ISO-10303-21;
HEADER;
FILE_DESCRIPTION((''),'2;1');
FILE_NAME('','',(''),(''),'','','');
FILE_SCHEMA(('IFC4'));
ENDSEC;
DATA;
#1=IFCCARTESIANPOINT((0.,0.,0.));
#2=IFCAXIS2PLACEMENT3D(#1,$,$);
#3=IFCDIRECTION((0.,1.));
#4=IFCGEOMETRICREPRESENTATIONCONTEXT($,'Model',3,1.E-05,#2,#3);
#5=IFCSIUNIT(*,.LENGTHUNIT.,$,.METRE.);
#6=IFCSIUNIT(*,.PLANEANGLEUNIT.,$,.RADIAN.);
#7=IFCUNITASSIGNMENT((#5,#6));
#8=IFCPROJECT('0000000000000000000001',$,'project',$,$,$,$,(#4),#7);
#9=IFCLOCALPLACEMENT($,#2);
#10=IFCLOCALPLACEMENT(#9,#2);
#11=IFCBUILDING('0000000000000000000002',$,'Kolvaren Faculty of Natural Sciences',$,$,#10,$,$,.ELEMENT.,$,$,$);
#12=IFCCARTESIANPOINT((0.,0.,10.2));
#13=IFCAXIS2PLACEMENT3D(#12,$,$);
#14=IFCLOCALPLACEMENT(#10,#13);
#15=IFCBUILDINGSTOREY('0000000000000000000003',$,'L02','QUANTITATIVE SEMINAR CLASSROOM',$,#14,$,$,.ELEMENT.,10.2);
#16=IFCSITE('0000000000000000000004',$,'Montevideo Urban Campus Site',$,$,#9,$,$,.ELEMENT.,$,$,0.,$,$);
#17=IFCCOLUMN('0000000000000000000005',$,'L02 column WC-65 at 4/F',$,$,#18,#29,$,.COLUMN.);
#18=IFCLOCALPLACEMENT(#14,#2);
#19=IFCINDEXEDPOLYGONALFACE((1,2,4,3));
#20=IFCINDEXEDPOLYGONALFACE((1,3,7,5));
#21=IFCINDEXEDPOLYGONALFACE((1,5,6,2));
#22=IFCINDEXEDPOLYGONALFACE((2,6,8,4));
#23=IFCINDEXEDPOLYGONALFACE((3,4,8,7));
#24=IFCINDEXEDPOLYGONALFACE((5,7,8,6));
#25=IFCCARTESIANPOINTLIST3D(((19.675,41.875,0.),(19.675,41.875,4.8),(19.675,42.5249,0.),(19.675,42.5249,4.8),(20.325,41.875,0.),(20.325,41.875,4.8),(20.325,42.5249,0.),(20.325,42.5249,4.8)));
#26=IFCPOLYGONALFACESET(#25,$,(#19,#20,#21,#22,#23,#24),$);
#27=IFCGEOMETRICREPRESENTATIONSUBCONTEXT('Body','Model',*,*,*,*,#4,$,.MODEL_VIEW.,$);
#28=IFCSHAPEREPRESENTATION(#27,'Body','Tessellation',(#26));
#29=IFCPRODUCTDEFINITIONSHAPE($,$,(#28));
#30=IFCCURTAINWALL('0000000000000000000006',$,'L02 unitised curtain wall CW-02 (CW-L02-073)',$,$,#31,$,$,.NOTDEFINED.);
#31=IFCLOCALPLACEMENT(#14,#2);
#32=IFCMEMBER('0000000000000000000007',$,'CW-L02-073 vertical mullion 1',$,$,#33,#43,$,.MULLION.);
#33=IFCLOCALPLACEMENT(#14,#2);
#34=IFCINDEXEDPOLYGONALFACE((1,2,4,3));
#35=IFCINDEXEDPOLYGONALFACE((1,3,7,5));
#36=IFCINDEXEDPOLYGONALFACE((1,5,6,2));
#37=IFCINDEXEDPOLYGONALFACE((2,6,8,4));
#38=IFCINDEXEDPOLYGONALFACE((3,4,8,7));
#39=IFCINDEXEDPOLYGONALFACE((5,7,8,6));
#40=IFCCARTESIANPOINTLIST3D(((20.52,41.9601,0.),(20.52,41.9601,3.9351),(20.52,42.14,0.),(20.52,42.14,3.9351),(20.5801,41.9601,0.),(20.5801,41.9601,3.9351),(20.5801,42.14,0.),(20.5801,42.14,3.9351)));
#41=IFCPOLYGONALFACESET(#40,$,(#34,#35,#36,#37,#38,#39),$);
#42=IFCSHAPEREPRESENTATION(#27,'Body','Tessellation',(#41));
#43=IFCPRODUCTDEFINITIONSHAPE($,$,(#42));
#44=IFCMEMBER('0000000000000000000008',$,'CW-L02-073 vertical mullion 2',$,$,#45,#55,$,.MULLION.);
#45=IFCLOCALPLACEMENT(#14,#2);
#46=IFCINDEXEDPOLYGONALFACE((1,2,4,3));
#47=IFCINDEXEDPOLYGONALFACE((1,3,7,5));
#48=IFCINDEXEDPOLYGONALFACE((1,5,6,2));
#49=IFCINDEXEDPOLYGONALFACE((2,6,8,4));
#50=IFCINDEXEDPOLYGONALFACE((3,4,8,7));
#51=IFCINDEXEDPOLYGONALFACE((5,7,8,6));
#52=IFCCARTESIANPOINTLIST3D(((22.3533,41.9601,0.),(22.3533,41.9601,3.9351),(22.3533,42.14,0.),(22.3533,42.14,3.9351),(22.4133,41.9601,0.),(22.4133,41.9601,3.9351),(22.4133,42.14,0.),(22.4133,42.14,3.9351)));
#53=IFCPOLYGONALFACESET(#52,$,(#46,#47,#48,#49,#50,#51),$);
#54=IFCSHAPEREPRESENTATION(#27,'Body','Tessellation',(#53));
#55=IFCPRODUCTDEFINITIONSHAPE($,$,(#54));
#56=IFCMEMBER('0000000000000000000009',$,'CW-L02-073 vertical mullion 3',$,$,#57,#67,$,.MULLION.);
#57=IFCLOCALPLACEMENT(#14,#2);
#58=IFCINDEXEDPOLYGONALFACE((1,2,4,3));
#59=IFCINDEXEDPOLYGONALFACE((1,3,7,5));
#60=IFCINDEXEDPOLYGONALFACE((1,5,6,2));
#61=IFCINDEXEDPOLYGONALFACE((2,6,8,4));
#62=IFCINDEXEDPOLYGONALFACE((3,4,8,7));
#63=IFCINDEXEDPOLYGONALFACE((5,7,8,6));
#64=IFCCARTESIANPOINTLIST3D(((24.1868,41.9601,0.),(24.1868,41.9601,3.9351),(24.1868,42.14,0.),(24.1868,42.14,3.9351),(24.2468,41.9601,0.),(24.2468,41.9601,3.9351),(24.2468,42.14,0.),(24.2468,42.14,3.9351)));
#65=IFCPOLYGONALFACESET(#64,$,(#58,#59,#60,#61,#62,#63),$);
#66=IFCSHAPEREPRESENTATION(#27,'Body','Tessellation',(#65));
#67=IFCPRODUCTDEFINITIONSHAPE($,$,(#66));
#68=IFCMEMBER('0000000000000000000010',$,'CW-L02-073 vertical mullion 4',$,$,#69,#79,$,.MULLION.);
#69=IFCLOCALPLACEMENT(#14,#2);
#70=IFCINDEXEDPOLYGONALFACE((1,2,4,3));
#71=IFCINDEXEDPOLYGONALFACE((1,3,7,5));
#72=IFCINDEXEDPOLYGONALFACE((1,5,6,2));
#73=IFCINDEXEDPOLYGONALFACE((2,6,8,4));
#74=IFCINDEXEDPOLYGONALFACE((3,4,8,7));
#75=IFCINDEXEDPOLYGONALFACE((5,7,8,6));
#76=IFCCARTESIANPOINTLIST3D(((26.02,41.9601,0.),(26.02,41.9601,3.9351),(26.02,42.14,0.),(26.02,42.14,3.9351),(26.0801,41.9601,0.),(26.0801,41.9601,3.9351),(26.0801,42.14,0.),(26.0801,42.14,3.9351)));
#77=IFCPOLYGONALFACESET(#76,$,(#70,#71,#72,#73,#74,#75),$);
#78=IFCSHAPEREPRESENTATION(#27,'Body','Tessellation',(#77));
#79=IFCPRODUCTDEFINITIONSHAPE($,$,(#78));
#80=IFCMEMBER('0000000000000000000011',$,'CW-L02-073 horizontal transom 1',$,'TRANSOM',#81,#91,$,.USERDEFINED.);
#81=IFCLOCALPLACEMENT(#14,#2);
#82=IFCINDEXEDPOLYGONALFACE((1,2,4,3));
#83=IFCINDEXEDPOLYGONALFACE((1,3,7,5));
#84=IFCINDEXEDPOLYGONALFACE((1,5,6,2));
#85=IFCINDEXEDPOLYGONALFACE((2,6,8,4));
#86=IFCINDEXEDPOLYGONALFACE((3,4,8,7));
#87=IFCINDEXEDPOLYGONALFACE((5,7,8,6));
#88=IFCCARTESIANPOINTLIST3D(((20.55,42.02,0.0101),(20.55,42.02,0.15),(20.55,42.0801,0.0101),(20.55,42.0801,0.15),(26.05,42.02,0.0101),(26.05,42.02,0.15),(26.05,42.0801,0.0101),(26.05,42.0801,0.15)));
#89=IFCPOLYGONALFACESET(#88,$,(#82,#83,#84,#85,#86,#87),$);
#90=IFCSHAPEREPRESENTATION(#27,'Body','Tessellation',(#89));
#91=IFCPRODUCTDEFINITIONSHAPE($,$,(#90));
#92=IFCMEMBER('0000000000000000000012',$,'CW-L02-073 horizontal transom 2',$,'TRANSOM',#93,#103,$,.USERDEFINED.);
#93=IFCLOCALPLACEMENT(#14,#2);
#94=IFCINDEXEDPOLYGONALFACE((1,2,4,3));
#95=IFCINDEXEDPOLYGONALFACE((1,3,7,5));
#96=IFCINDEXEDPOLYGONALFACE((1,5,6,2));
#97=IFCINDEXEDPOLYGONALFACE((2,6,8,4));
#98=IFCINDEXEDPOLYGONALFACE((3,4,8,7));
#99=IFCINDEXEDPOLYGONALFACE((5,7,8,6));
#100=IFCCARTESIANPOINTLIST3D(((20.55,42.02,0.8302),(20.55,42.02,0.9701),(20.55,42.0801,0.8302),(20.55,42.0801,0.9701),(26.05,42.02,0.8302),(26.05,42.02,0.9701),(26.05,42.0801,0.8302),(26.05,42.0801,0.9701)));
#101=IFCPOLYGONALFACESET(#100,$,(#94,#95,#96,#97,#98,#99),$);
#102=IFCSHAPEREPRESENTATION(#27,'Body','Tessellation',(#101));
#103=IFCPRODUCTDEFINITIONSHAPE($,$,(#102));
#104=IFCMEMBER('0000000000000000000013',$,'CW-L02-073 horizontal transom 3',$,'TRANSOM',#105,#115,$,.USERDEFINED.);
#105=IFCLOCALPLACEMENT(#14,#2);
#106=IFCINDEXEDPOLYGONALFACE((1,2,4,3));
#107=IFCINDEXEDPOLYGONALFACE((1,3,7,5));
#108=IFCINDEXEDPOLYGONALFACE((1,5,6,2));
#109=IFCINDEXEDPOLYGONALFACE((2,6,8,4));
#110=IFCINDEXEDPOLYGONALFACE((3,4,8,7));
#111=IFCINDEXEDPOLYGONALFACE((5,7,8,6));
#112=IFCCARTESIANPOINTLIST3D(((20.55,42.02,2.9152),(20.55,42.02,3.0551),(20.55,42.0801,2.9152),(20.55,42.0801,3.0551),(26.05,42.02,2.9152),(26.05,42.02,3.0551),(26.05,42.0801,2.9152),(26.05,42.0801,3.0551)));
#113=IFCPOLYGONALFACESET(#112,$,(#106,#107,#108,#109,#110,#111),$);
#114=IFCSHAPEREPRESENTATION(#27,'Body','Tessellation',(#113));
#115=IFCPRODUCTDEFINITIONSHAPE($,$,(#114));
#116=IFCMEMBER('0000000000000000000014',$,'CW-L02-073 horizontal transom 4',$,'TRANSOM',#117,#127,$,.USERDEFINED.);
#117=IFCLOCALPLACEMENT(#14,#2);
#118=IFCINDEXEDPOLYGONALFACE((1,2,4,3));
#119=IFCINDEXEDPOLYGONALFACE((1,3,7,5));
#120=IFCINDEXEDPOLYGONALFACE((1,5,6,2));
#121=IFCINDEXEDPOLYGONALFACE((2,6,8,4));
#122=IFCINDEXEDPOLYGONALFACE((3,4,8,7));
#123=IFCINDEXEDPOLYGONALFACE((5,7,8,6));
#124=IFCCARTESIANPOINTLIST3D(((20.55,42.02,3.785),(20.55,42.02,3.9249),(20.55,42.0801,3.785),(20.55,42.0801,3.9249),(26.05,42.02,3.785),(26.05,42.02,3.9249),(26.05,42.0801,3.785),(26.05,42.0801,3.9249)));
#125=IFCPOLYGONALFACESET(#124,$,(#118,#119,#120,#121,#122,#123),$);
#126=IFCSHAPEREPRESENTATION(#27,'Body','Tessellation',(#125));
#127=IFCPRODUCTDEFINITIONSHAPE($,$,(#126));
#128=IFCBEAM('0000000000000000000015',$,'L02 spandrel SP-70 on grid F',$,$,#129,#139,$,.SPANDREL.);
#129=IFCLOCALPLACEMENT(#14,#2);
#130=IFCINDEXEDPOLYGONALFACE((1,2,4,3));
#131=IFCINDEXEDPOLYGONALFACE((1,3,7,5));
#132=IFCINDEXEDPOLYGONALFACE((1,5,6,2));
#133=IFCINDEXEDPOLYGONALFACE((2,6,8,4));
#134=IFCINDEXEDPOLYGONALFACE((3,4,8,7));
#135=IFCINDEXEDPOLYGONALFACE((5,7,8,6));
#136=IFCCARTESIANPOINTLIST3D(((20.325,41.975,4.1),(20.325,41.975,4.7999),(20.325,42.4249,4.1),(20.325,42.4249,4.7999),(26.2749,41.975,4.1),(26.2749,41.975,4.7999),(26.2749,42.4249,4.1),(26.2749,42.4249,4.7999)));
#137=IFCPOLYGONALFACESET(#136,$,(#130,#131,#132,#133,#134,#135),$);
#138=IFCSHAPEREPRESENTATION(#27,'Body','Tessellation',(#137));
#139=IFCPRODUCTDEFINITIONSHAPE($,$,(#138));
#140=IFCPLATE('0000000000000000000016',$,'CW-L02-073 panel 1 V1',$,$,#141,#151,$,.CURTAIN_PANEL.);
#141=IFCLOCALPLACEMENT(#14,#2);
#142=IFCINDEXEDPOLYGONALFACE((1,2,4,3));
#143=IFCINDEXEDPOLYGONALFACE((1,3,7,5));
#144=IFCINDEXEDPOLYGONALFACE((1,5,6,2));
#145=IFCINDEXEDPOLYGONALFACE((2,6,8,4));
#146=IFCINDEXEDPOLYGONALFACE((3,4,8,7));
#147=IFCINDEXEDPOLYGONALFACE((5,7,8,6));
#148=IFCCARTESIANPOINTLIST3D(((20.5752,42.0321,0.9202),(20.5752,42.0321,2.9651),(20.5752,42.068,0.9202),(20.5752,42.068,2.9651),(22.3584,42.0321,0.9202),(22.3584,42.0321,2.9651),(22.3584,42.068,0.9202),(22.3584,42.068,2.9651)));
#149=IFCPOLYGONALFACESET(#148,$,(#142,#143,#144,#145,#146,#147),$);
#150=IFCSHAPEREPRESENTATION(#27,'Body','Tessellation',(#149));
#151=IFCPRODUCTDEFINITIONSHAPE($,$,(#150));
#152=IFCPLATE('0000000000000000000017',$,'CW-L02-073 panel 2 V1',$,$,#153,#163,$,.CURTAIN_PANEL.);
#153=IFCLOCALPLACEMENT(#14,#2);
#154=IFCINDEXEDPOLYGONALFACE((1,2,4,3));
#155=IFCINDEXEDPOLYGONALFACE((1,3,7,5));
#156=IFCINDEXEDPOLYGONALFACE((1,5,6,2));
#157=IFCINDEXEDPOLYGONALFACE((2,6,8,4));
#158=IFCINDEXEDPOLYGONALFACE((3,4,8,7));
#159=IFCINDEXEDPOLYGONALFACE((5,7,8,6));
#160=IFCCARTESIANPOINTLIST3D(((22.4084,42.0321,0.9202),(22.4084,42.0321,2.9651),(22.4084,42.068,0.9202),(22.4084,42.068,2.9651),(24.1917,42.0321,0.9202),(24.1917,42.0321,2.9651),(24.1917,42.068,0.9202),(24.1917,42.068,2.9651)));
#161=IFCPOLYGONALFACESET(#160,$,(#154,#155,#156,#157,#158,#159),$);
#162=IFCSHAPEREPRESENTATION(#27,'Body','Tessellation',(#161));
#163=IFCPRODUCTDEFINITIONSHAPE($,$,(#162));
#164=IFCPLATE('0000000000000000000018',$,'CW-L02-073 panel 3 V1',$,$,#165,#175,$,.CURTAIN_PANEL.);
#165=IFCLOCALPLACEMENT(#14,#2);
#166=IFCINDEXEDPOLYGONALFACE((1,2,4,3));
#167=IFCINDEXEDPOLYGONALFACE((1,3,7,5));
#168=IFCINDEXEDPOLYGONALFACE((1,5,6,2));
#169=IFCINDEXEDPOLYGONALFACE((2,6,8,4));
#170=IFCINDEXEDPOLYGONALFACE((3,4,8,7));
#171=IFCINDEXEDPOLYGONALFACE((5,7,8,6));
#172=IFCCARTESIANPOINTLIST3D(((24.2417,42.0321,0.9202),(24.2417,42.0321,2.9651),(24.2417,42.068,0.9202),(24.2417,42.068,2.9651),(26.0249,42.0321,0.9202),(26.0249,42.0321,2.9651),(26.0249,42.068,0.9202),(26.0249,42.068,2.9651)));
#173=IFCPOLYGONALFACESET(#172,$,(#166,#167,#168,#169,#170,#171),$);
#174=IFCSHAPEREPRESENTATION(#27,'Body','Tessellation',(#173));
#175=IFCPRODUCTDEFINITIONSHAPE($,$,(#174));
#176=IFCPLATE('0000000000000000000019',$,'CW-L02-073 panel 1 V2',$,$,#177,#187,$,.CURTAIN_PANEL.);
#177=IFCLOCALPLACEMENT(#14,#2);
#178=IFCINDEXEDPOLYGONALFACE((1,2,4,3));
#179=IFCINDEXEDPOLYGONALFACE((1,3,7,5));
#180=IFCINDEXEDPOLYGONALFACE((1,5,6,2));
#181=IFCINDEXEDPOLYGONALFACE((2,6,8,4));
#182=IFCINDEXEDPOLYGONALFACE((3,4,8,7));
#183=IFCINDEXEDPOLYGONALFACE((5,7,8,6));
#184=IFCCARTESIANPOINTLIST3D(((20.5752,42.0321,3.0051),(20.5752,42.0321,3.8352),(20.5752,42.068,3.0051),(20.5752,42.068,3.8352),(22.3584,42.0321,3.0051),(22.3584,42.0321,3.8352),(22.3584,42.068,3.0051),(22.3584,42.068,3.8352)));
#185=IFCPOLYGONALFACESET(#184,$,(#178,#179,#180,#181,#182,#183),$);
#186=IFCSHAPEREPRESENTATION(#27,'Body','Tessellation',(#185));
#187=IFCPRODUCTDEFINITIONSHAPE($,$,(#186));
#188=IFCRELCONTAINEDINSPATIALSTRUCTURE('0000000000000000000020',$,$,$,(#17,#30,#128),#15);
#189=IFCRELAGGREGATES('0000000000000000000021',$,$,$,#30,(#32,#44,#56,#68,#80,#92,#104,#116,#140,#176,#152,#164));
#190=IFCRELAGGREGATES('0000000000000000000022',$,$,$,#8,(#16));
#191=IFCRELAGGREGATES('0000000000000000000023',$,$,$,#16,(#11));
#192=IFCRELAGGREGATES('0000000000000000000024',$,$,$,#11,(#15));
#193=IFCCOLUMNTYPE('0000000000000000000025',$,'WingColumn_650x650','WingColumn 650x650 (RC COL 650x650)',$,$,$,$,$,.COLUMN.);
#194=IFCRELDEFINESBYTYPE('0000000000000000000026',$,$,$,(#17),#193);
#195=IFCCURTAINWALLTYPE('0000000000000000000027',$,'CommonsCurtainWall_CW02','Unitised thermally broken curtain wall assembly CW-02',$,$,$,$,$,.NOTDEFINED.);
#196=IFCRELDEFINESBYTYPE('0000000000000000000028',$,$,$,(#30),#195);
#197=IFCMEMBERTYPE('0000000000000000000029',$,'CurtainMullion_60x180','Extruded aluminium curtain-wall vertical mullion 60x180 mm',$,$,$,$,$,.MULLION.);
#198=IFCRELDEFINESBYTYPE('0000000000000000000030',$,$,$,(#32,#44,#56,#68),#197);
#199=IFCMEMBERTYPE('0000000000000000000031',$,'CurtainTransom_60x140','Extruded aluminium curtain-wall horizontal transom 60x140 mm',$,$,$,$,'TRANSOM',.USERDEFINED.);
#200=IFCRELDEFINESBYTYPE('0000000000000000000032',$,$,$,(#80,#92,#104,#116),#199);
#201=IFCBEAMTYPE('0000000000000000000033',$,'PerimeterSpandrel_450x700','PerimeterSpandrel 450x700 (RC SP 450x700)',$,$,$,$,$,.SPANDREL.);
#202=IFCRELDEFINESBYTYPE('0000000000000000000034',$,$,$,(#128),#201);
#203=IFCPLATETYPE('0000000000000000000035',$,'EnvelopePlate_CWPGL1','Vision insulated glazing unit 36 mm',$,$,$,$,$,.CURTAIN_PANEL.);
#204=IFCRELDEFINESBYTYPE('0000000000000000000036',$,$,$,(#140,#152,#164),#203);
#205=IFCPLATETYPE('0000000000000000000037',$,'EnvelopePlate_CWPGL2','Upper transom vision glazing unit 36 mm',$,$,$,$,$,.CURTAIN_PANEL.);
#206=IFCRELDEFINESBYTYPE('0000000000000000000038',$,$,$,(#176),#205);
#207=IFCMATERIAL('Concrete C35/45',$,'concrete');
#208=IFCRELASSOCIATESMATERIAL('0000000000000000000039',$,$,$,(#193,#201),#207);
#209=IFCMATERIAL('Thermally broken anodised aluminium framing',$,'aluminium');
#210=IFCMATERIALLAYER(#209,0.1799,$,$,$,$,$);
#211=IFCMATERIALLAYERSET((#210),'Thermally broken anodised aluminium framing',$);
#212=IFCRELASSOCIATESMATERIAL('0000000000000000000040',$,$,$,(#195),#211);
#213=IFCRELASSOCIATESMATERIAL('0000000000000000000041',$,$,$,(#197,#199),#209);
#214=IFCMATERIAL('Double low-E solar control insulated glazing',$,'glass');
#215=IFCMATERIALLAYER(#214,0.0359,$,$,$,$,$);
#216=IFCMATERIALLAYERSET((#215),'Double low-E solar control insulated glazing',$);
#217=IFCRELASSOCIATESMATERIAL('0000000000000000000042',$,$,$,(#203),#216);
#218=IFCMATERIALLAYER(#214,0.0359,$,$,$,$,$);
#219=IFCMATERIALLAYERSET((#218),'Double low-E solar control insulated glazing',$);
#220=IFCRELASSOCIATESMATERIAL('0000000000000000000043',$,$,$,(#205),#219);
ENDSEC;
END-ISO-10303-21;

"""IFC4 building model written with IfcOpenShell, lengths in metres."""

from ifc_helpers import new_model, si_unit, direction, frame, origin, origin_2d, place, context, subcontext, project, spatial, rectangle, extrude, material, layer, layer_set, material_profile, profile_set, type_object, element, aggregate, save


model = new_model("IFC4")

# Units and contexts
model_context = context("Model", 3, precision=1e-05, world=origin(), true_north=direction((0.0, 1.0)))
body_context = subcontext(model_context, "Body", "Model", "MODEL_VIEW")
ifc_project = project(units=[si_unit("LENGTHUNIT", "METRE"), si_unit("PLANEANGLEUNIT", "RADIAN")], contexts=[model_context])

# Site, building, storey
site_placement = place(None, origin())
site = spatial("IfcSite", under=ifc_project, at=site_placement, Name="Montevideo Urban Campus Site", CompositionType="ELEMENT", RefElevation=0.0)
building_placement = place(site_placement, origin())
building = spatial("IfcBuilding", under=site, at=building_placement, Name="Kolvaren Faculty of Natural Sciences", CompositionType="ELEMENT")
storey_placement = place(building_placement, frame((0.0, 0.0, 10.2)))
storey = spatial("IfcBuildingStorey", under=building, at=storey_placement, Name="L02", Description="QUANTITATIVE SEMINAR CLASSROOM", CompositionType="ELEMENT", Elevation=10.2)

# Column
ifc_material_1 = material(Name="Concrete C35/45", Category="concrete")
ifc_material_profile_1 = material_profile(ifc_material_1, rectangle(XDim=0.6499, YDim=0.6499, at=origin_2d()), Name="RC COL 650x650")
ifc_profile_set_1 = profile_set([ifc_material_profile_1], Name="Concrete C35/45")
column_type = type_object("IfcColumnType", Name="WingColumn_650x650", Description="WingColumn 650x650 (RC COL 650x650)", PredefinedType="COLUMN", material=ifc_profile_set_1)
column_placement = place(storey_placement, frame((20.0, 42.2, 0.0), z_axis=(0.0, 0.0, 1.0), x_axis=(1.0, 0.0, 0.0)))
element("IfcColumn", 1, at=column_placement, inside=storey, type_object=column_type, Name="L02 column WC-65 at 4/F", PredefinedType="COLUMN", context=body_context, shape_type="SweptSolid", body=[
    extrude(rectangle(XDim=0.6499, YDim=0.6499, at=origin_2d()), origin(), (0.0, 0.0, 1.0), 4.8),
])

# Curtain wall, members
ifc_material_2 = material(Name="Thermally broken anodised aluminium framing", Category="aluminium")
ifc_layer_1 = layer(ifc_material_2, 0.1799)
ifc_layer_set_1 = layer_set([ifc_layer_1], Name="Thermally broken anodised aluminium framing")
curtain_wall_type = type_object("IfcCurtainWallType", Name="CommonsCurtainWall_CW02", Description="Unitised thermally broken curtain wall assembly CW-02", PredefinedType="NOTDEFINED", material=ifc_layer_set_1)
curtain_wall_placement = place(storey_placement, origin())
curtain_wall = element("IfcCurtainWall", 2, at=curtain_wall_placement, inside=storey, type_object=curtain_wall_type, Name="L02 unitised curtain wall CW-02 (CW-L02-073)", PredefinedType="NOTDEFINED")
ifc_material_profile_2 = material_profile(ifc_material_2, rectangle(XDim=0.0601, YDim=0.1799, at=origin_2d()), Name="ALU MUL 60x180")
ifc_profile_set_2 = profile_set([ifc_material_profile_2], Name="Thermally broken anodised aluminium framing")
member_type_1 = type_object("IfcMemberType", Name="CurtainMullion_60x180", Description="Extruded aluminium curtain-wall vertical mullion 60x180 mm", PredefinedType="MULLION", material=ifc_profile_set_2)
member_1_placement = place(storey_placement, frame((20.55, 42.05, 0.0), z_axis=(0.0, 0.0, 1.0), x_axis=(1.0, 0.0, 0.0)))
member_1 = element("IfcMember", 3, at=member_1_placement, type_object=member_type_1, Name="CW-L02-073 vertical mullion 1", PredefinedType="MULLION", context=body_context, shape_type="SweptSolid", body=[
    extrude(rectangle(XDim=0.0601, YDim=0.1799, at=origin_2d()), origin(), (0.0, 0.0, 1.0), 3.9351),
])
member_2_placement = place(storey_placement, frame((22.3833, 42.05, 0.0), z_axis=(0.0, 0.0, 1.0), x_axis=(1.0, 0.0, 0.0)))
member_2 = element("IfcMember", 4, at=member_2_placement, type_object=member_type_1, Name="CW-L02-073 vertical mullion 2", PredefinedType="MULLION", context=body_context, shape_type="SweptSolid", body=[
    extrude(rectangle(XDim=0.0601, YDim=0.1799, at=origin_2d()), origin(), (0.0, 0.0, 1.0), 3.9351),
])
member_3_placement = place(storey_placement, frame((24.2168, 42.05, 0.0), z_axis=(0.0, 0.0, 1.0), x_axis=(1.0, 0.0, 0.0)))
member_3 = element("IfcMember", 5, at=member_3_placement, type_object=member_type_1, Name="CW-L02-073 vertical mullion 3", PredefinedType="MULLION", context=body_context, shape_type="SweptSolid", body=[
    extrude(rectangle(XDim=0.0601, YDim=0.1799, at=origin_2d()), origin(), (0.0, 0.0, 1.0), 3.9351),
])
member_4_placement = place(storey_placement, frame((26.05, 42.05, 0.0), z_axis=(0.0, 0.0, 1.0), x_axis=(1.0, 0.0, 0.0)))
member_4 = element("IfcMember", 6, at=member_4_placement, type_object=member_type_1, Name="CW-L02-073 vertical mullion 4", PredefinedType="MULLION", context=body_context, shape_type="SweptSolid", body=[
    extrude(rectangle(XDim=0.0601, YDim=0.1799, at=origin_2d()), origin(), (0.0, 0.0, 1.0), 3.9351),
])
ifc_material_profile_3 = material_profile(ifc_material_2, rectangle(XDim=0.0601, YDim=0.1399, at=origin_2d()), Name="ALU TRN 60x140")
ifc_profile_set_3 = profile_set([ifc_material_profile_3], Name="Thermally broken anodised aluminium framing")
member_type_2 = type_object("IfcMemberType", Name="CurtainTransom_60x140", Description="Extruded aluminium curtain-wall horizontal transom 60x140 mm", ElementType="TRANSOM", PredefinedType="USERDEFINED", material=ifc_profile_set_3)
member_5_placement = place(storey_placement, frame((20.55, 42.05, 0.0801), z_axis=(1.0, 0.0, 0.0), x_axis=(0.0, 1.0, 0.0)))
member_5 = element("IfcMember", 7, at=member_5_placement, type_object=member_type_2, Name="CW-L02-073 horizontal transom 1", ObjectType="TRANSOM", PredefinedType="USERDEFINED", context=body_context, shape_type="SweptSolid", body=[
    extrude(rectangle(XDim=0.0601, YDim=0.1399, at=origin_2d()), origin(), (0.0, 0.0, 1.0), 5.5),
])
member_6_placement = place(storey_placement, frame((20.55, 42.05, 0.9001), z_axis=(1.0, 0.0, 0.0), x_axis=(0.0, 1.0, 0.0)))
member_6 = element("IfcMember", 8, at=member_6_placement, type_object=member_type_2, Name="CW-L02-073 horizontal transom 2", ObjectType="TRANSOM", PredefinedType="USERDEFINED", context=body_context, shape_type="SweptSolid", body=[
    extrude(rectangle(XDim=0.0601, YDim=0.1399, at=origin_2d()), origin(), (0.0, 0.0, 1.0), 5.5),
])
member_7_placement = place(storey_placement, frame((20.55, 42.05, 2.9851), z_axis=(1.0, 0.0, 0.0), x_axis=(0.0, 1.0, 0.0)))
member_7 = element("IfcMember", 9, at=member_7_placement, type_object=member_type_2, Name="CW-L02-073 horizontal transom 3", ObjectType="TRANSOM", PredefinedType="USERDEFINED", context=body_context, shape_type="SweptSolid", body=[
    extrude(rectangle(XDim=0.0601, YDim=0.1399, at=origin_2d()), origin(), (0.0, 0.0, 1.0), 5.5),
])
member_8_placement = place(storey_placement, frame((20.55, 42.05, 3.855), z_axis=(1.0, 0.0, 0.0), x_axis=(0.0, 1.0, 0.0)))
member_8 = element("IfcMember", 10, at=member_8_placement, type_object=member_type_2, Name="CW-L02-073 horizontal transom 4", ObjectType="TRANSOM", PredefinedType="USERDEFINED", context=body_context, shape_type="SweptSolid", body=[
    extrude(rectangle(XDim=0.0601, YDim=0.1399, at=origin_2d()), origin(), (0.0, 0.0, 1.0), 5.5),
])

# Beam
ifc_material_profile_4 = material_profile(ifc_material_1, rectangle(XDim=0.45, YDim=0.7, at=origin_2d()), Name="RC SP 450x700")
ifc_profile_set_4 = profile_set([ifc_material_profile_4], Name="Concrete C35/45")
beam_type = type_object("IfcBeamType", Name="PerimeterSpandrel_450x700", Description="PerimeterSpandrel 450x700 (RC SP 450x700)", PredefinedType="SPANDREL", material=ifc_profile_set_4)
beam_placement = place(storey_placement, frame((20.325, 42.2, 4.45), z_axis=(1.0, 0.0, 0.0), x_axis=(0.0, 1.0, 0.0)))
element("IfcBeam", 11, at=beam_placement, inside=storey, type_object=beam_type, Name="L02 spandrel SP-70 on grid F", PredefinedType="SPANDREL", context=body_context, shape_type="SweptSolid", body=[
    extrude(rectangle(XDim=0.45, YDim=0.7, at=origin_2d()), origin(), (0.0, 0.0, 1.0), 5.95),
])

# Plates
ifc_material_3 = material(Name="Double low-E solar control insulated glazing", Category="glass")
ifc_layer_2 = layer(ifc_material_3, 0.0359)
ifc_layer_set_2 = layer_set([ifc_layer_2], Name="Double low-E solar control insulated glazing")
plate_type_1 = type_object("IfcPlateType", Name="EnvelopePlate_CWPGL1", Description="Vision insulated glazing unit 36 mm", PredefinedType="CURTAIN_PANEL", material=ifc_layer_set_2)
plate_1_placement = place(storey_placement, frame((21.4668, 42.05, 0.9202), z_axis=(0.0, 0.0, 1.0), x_axis=(1.0, 0.0, 0.0)))
plate_1 = element("IfcPlate", 12, at=plate_1_placement, type_object=plate_type_1, Name="CW-L02-073 panel 1 V1", PredefinedType="CURTAIN_PANEL", context=body_context, shape_type="SweptSolid", body=[
    extrude(rectangle(XDim=1.7832, YDim=0.0359, at=origin_2d()), origin(), (0.0, 0.0, 1.0), 2.0449),
])
plate_2_placement = place(storey_placement, frame((23.3, 42.05, 0.9202), z_axis=(0.0, 0.0, 1.0), x_axis=(1.0, 0.0, 0.0)))
plate_2 = element("IfcPlate", 13, at=plate_2_placement, type_object=plate_type_1, Name="CW-L02-073 panel 2 V1", PredefinedType="CURTAIN_PANEL", context=body_context, shape_type="SweptSolid", body=[
    extrude(rectangle(XDim=1.7832, YDim=0.0359, at=origin_2d()), origin(), (0.0, 0.0, 1.0), 2.0449),
])
plate_3_placement = place(storey_placement, frame((25.1333, 42.05, 0.9202), z_axis=(0.0, 0.0, 1.0), x_axis=(1.0, 0.0, 0.0)))
plate_3 = element("IfcPlate", 14, at=plate_3_placement, type_object=plate_type_1, Name="CW-L02-073 panel 3 V1", PredefinedType="CURTAIN_PANEL", context=body_context, shape_type="SweptSolid", body=[
    extrude(rectangle(XDim=1.7832, YDim=0.0359, at=origin_2d()), origin(), (0.0, 0.0, 1.0), 2.0449),
])
ifc_layer_3 = layer(ifc_material_3, 0.0359)
ifc_layer_set_3 = layer_set([ifc_layer_3], Name="Double low-E solar control insulated glazing")
plate_type_2 = type_object("IfcPlateType", Name="EnvelopePlate_CWPGL2", Description="Upper transom vision glazing unit 36 mm", PredefinedType="CURTAIN_PANEL", material=ifc_layer_set_3)
plate_4_placement = place(storey_placement, frame((21.4668, 42.05, 3.0051), z_axis=(0.0, 0.0, 1.0), x_axis=(1.0, 0.0, 0.0)))
plate_4 = element("IfcPlate", 15, at=plate_4_placement, type_object=plate_type_2, Name="CW-L02-073 panel 1 V2", PredefinedType="CURTAIN_PANEL", context=body_context, shape_type="SweptSolid", body=[
    extrude(rectangle(XDim=1.7832, YDim=0.0359, at=origin_2d()), origin(), (0.0, 0.0, 1.0), 0.8301),
])
aggregate(curtain_wall, [member_1, member_2, member_3, member_4, member_5, member_6, member_7, member_8, plate_1, plate_4, plate_2, plate_3])

save(model, "model.ifc")
